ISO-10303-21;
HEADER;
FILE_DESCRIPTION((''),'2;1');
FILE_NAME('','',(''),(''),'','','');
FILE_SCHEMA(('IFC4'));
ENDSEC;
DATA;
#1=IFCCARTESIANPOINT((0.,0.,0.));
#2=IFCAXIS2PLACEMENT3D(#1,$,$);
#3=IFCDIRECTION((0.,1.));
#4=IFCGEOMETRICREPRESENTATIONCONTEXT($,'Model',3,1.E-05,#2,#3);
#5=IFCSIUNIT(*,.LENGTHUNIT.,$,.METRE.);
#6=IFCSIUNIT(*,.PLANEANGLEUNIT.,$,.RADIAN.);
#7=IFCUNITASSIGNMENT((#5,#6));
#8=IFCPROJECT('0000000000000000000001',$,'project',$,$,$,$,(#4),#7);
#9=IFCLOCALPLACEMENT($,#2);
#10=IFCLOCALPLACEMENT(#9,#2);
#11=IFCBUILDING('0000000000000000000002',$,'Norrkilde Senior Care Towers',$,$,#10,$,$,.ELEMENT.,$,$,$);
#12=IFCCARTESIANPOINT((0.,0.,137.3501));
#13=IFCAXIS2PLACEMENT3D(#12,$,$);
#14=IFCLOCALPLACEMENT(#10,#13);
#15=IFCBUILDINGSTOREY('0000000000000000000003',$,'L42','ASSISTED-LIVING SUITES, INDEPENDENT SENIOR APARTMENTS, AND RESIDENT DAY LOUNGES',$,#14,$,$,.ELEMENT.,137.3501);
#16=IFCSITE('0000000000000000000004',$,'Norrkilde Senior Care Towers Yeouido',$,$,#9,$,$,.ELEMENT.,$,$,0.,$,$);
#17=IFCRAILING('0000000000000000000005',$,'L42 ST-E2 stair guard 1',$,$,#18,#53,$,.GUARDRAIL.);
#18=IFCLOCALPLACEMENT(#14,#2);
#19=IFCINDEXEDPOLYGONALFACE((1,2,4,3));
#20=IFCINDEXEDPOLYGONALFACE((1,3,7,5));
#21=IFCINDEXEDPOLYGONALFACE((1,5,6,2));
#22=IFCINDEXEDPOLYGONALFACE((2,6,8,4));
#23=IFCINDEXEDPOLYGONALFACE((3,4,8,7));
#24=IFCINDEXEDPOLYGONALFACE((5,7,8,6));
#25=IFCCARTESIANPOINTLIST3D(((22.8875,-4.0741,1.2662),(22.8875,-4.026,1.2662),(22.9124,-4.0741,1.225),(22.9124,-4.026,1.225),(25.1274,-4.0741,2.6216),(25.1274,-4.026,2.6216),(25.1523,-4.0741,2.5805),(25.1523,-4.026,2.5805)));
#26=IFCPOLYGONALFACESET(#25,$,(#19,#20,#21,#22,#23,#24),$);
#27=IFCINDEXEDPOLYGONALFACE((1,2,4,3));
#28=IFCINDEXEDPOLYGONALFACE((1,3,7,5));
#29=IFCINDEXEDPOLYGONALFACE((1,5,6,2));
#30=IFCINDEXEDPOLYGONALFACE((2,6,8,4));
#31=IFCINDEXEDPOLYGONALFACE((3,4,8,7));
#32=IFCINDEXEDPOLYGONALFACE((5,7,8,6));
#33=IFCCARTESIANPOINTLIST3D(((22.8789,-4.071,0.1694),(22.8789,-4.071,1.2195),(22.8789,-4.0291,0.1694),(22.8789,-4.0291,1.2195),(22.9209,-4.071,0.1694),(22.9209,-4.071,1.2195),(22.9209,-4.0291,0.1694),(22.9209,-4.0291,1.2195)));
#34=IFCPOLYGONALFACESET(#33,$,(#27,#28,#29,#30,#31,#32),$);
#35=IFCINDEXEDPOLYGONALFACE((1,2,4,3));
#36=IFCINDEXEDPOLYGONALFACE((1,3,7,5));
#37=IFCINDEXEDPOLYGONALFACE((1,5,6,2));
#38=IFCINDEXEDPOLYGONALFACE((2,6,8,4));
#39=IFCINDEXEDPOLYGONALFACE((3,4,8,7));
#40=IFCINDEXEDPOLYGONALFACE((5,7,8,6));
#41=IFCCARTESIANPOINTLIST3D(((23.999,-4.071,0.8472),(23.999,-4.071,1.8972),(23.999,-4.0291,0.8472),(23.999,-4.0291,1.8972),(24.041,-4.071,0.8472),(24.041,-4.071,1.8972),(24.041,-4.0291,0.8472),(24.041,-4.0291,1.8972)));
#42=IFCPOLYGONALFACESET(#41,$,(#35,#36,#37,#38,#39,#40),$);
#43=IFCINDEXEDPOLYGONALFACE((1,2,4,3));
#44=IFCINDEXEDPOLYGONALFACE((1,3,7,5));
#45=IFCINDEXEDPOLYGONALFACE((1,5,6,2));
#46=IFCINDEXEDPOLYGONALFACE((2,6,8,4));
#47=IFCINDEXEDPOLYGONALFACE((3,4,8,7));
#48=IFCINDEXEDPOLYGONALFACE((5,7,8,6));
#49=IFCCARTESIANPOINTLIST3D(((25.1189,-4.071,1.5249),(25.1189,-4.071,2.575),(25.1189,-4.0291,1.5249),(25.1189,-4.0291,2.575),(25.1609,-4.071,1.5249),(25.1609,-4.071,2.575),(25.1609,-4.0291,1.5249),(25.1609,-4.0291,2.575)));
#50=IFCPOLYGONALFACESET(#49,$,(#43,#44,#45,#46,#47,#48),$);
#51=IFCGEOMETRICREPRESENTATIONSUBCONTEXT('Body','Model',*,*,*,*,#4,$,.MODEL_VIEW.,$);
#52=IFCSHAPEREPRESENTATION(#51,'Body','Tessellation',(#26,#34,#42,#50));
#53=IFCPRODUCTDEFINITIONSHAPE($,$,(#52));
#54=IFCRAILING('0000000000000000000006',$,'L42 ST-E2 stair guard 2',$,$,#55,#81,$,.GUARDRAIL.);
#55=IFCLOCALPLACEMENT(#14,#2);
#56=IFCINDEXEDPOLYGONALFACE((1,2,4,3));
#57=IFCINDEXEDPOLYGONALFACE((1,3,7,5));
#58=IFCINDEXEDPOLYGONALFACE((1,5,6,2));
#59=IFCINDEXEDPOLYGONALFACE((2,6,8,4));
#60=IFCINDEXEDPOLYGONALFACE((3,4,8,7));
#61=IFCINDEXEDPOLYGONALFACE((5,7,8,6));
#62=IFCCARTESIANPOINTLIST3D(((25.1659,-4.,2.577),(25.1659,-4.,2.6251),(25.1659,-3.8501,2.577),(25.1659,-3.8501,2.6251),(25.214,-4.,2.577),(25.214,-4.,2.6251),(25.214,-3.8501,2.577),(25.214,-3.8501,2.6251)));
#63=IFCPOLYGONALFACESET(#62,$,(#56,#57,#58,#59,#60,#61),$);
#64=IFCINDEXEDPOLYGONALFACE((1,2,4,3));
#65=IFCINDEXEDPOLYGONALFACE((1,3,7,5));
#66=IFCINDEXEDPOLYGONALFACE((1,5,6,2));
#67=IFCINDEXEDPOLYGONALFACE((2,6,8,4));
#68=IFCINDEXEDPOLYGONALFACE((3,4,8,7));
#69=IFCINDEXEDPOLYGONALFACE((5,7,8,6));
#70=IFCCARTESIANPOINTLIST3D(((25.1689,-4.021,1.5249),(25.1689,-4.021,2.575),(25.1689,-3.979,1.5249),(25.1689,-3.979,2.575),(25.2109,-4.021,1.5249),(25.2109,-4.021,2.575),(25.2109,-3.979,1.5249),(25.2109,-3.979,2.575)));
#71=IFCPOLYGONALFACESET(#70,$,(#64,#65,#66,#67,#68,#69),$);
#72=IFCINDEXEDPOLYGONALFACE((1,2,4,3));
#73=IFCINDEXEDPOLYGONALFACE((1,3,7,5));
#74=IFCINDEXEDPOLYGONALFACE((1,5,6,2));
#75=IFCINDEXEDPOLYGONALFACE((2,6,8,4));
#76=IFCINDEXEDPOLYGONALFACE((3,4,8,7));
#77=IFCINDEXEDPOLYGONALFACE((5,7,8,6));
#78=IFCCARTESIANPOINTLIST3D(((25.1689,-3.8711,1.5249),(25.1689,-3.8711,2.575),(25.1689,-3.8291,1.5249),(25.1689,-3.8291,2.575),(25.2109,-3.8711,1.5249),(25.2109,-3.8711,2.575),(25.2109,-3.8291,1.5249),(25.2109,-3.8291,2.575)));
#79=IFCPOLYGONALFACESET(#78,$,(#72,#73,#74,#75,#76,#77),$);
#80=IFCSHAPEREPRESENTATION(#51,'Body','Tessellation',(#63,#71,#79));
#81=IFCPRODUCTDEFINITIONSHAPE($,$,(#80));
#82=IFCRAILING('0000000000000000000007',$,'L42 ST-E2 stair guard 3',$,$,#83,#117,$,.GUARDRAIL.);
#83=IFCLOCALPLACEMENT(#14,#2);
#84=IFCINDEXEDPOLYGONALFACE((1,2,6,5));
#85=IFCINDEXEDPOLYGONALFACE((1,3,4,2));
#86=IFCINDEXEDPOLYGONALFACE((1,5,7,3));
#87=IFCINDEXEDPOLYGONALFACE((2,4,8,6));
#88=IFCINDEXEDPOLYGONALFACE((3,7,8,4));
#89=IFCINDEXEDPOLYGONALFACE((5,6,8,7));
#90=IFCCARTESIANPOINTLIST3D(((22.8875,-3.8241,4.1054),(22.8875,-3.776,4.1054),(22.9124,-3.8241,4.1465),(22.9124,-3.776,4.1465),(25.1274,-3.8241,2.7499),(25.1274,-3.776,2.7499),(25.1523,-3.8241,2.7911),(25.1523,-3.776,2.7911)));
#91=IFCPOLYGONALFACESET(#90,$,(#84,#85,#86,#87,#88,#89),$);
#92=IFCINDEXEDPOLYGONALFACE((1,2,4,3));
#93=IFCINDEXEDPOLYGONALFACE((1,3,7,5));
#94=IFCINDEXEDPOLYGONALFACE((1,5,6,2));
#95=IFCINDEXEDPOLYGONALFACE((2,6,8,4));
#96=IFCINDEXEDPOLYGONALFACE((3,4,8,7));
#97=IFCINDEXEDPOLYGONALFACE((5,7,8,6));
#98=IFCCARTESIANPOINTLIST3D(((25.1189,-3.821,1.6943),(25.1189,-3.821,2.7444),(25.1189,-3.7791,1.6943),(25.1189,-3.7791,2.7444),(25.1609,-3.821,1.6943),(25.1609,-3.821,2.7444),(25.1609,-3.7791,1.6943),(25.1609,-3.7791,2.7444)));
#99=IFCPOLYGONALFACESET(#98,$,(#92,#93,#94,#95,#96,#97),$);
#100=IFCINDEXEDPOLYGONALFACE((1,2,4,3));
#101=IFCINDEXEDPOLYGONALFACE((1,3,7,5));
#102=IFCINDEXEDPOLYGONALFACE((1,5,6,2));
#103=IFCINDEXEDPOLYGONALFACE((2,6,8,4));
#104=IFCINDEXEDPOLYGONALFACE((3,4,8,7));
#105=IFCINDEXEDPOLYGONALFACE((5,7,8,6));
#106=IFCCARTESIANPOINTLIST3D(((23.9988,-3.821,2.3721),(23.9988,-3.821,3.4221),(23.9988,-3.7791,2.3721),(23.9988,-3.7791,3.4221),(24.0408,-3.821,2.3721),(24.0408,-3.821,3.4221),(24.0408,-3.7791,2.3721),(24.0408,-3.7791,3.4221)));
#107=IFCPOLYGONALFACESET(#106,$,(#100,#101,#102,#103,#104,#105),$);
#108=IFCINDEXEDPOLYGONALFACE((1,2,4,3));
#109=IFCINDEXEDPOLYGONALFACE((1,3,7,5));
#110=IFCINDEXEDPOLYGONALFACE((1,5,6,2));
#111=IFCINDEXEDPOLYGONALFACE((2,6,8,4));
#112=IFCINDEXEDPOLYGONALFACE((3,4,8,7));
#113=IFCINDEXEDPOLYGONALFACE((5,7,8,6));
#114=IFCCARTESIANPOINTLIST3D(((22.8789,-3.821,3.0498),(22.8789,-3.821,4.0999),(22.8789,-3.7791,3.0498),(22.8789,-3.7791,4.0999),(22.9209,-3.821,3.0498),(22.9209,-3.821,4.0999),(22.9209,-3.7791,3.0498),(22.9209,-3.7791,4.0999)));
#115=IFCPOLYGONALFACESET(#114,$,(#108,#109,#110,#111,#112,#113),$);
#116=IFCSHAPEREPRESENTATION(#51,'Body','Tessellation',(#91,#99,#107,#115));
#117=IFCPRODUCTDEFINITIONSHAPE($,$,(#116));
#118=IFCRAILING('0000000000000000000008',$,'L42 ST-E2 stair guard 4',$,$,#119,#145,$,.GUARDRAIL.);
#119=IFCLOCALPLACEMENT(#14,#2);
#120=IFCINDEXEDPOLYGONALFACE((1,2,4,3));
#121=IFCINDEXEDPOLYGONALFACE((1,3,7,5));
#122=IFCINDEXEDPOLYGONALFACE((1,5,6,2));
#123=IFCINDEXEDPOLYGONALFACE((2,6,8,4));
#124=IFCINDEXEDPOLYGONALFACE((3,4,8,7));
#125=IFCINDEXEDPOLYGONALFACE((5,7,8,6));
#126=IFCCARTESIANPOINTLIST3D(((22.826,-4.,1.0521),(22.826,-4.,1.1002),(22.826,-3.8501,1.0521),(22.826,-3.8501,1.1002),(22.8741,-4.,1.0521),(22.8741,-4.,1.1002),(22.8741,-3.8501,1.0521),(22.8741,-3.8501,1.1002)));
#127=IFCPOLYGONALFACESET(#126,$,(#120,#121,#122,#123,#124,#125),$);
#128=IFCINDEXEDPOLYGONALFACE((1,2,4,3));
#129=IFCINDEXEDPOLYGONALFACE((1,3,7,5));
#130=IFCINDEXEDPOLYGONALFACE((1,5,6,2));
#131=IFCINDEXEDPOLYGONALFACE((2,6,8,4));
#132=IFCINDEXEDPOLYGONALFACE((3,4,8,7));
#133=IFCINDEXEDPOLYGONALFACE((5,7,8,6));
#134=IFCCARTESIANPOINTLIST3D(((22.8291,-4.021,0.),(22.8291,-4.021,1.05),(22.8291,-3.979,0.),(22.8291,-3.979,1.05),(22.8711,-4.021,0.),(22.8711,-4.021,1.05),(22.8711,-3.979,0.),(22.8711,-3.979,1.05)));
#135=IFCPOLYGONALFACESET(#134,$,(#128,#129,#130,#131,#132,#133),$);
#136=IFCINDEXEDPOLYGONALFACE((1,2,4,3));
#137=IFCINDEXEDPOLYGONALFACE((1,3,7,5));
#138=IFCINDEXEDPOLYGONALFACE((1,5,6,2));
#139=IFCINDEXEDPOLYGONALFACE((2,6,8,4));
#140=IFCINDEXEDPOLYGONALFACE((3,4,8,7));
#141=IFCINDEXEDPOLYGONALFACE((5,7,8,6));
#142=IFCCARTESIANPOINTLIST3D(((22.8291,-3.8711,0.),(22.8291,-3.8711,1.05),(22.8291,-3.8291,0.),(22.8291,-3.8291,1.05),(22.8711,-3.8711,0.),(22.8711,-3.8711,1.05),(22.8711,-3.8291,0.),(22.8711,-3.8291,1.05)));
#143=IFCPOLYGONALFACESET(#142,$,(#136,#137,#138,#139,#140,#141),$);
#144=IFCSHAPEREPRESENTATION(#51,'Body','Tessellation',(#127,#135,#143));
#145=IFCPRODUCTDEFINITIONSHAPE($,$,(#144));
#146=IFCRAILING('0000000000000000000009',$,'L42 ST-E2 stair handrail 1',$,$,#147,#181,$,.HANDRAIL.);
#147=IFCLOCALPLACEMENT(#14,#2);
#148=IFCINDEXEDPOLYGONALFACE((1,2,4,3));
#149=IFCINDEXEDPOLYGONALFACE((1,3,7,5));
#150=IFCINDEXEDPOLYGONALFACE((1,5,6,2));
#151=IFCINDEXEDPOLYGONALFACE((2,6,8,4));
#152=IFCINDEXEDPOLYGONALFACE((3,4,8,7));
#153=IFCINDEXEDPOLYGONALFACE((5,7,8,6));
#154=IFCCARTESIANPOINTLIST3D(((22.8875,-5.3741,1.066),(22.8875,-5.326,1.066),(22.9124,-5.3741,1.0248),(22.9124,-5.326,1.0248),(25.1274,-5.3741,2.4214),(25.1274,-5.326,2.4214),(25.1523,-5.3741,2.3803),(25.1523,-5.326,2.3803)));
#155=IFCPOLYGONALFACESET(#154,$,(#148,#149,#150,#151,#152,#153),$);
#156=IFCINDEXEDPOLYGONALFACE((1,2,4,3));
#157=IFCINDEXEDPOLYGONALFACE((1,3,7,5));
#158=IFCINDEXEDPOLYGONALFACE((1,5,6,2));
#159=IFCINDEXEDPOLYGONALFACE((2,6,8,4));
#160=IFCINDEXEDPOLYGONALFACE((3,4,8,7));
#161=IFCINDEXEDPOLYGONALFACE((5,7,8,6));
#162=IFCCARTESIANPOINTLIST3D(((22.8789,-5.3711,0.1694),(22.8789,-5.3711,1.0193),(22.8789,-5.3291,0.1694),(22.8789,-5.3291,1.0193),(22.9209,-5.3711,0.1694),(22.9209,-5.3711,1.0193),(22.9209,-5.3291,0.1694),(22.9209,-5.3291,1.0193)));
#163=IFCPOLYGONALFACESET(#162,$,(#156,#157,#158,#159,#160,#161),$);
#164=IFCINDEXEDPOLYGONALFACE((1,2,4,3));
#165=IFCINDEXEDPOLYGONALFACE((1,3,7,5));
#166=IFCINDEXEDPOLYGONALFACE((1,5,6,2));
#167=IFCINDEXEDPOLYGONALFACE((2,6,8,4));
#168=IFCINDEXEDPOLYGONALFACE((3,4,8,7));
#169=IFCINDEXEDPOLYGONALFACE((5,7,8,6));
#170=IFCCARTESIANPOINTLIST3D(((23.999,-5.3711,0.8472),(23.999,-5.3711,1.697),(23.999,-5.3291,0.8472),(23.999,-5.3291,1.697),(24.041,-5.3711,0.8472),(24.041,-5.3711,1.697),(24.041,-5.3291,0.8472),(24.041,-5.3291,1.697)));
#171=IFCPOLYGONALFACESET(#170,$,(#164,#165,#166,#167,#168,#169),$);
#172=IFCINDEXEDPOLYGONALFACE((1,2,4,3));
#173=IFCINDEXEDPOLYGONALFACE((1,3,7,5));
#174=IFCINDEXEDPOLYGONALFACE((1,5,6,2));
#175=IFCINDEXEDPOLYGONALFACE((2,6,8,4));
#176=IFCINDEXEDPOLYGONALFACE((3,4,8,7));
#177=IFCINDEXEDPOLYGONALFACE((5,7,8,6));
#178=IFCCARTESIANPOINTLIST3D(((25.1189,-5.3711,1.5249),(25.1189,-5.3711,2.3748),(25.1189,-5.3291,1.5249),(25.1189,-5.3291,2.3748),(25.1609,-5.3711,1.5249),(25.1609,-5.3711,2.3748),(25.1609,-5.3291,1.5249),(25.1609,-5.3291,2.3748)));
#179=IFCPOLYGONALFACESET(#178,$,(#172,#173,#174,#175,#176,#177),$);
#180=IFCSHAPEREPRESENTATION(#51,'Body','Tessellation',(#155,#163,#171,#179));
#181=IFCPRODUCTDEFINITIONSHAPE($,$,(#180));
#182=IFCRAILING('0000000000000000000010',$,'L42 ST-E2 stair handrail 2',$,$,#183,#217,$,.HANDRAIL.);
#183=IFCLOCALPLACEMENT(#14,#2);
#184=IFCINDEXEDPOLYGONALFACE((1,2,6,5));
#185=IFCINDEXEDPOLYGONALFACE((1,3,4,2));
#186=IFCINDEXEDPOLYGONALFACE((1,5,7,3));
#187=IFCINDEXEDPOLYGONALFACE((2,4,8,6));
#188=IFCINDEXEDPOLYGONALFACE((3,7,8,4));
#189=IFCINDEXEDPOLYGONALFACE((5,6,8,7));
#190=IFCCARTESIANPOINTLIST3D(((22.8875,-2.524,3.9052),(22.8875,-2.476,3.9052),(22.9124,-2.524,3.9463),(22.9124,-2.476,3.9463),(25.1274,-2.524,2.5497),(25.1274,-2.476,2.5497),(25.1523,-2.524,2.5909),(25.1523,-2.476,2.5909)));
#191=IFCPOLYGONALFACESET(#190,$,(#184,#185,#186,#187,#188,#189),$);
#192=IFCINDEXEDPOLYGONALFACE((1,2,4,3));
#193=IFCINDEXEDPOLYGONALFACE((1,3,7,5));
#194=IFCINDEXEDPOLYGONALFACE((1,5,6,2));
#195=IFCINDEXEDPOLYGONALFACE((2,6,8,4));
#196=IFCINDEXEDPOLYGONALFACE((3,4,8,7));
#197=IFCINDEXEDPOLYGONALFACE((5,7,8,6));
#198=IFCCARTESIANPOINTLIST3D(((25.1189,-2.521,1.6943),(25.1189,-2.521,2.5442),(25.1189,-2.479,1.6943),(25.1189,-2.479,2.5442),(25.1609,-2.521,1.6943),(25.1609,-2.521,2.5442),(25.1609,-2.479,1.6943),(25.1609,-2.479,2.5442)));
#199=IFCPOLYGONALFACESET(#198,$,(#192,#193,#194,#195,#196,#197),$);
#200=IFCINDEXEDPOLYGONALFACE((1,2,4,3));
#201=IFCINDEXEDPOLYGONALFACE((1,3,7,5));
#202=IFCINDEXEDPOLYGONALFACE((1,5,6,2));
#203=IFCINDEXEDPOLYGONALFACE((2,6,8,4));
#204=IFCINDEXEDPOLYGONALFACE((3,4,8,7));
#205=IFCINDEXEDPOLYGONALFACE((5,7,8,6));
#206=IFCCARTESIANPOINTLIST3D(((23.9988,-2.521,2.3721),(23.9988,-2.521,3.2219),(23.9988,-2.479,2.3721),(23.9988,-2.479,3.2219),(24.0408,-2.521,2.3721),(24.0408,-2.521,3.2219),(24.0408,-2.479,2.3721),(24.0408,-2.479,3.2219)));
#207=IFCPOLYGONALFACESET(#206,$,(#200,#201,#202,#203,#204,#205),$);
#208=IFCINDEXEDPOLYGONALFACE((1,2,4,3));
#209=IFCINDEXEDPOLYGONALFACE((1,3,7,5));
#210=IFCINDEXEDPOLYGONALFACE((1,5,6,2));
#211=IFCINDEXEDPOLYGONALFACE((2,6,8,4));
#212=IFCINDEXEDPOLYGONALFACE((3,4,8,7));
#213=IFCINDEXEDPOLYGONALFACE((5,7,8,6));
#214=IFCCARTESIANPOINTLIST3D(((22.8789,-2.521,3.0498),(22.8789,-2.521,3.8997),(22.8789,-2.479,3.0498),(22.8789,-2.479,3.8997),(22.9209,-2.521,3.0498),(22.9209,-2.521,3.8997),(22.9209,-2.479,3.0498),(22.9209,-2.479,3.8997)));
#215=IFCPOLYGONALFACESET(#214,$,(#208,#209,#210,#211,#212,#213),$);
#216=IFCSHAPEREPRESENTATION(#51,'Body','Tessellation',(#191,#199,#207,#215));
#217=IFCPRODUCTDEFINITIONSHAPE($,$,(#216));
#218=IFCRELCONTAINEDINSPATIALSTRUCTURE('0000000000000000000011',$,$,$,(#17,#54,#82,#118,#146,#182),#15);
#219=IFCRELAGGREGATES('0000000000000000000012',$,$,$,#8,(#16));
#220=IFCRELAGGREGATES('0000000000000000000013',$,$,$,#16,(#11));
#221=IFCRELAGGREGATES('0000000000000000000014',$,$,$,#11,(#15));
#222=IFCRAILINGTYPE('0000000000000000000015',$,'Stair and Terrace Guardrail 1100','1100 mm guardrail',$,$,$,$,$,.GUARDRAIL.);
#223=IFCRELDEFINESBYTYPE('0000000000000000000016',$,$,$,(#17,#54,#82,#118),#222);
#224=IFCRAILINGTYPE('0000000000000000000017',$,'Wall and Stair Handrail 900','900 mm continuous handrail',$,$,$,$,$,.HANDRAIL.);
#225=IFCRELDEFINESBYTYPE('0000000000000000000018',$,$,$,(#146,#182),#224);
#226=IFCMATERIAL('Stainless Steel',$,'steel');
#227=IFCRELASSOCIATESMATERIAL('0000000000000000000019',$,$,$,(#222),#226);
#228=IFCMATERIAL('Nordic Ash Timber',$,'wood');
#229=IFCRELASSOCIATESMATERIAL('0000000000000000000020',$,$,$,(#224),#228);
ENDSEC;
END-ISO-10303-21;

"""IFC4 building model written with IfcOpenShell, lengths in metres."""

from ifc_helpers import new_model, si_unit, direction, frame, origin, origin_2d, place, context, subcontext, project, spatial, rectangle, extrude, material, type_object, element, save


model = new_model("IFC4")

# Units and contexts
model_context = context("Model", 3, precision=1e-05, world=origin(), true_north=direction((0.0, 1.0)))
body_context = subcontext(model_context, "Body", "Model", "MODEL_VIEW")
ifc_project = project(units=[si_unit("LENGTHUNIT", "METRE"), si_unit("PLANEANGLEUNIT", "RADIAN")], contexts=[model_context])

# Site, building, storey
site_placement = place(None, origin())
site = spatial("IfcSite", under=ifc_project, at=site_placement, Name="Norrkilde Senior Care Towers Yeouido", CompositionType="ELEMENT", RefElevation=0.0)
building_placement = place(site_placement, origin())
building = spatial("IfcBuilding", under=site, at=building_placement, Name="Norrkilde Senior Care Towers", CompositionType="ELEMENT")
storey_placement = place(building_placement, frame((0.0, 0.0, 137.3501)))
storey = spatial("IfcBuildingStorey", under=building, at=storey_placement, Name="L42", Description="ASSISTED-LIVING SUITES, INDEPENDENT SENIOR APARTMENTS, AND RESIDENT DAY LOUNGES", CompositionType="ELEMENT", Elevation=137.3501)

# Railings
ifc_material_1 = material(Name="Stainless Steel", Category="steel")
railing_type_1 = type_object("IfcRailingType", Name="Stair and Terrace Guardrail 1100", Description="1100 mm guardrail", PredefinedType="GUARDRAIL", material=ifc_material_1)
railing_1_placement = place(storey_placement, frame((22.8999, -4.05, 0.1694)))
element("IfcRailing", 1, at=railing_1_placement, inside=storey, type_object=railing_type_1, Name="L42 ST-E2 stair guard 1", PredefinedType="GUARDRAIL", context=body_context, shape_type="SweptSolid", body=[
    extrude(rectangle(XDim=0.0481, YDim=0.0481, at=origin_2d()), frame((0.0, 0.0, 1.0762), z_axis=(0.855553, 0.0, 0.517715), x_axis=(0.0, 1.0, 0.0)), (0.0, 0.0, 1.0), 2.6182),
    extrude(rectangle(XDim=0.042, YDim=0.042, at=origin_2d()), origin(), (0.0, 0.0, 1.0), 1.05),
    extrude(rectangle(XDim=0.042, YDim=0.042, at=origin_2d()), frame((1.1201, 0.0, 0.6777)), (0.0, 0.0, 1.0), 1.05),
    extrude(rectangle(XDim=0.042, YDim=0.042, at=origin_2d()), frame((2.24, 0.0, 1.3555)), (0.0, 0.0, 1.0), 1.05),
])
railing_2_placement = place(storey_placement, frame((25.1899, -4.0, 1.5249)))
element("IfcRailing", 2, at=railing_2_placement, inside=storey, type_object=railing_type_1, Name="L42 ST-E2 stair guard 2", PredefinedType="GUARDRAIL", context=body_context, shape_type="SweptSolid", body=[
    extrude(rectangle(XDim=0.0481, YDim=0.0481, at=origin_2d()), frame((0.0, 0.0, 1.0762), z_axis=(0.0, 1.0, 0.0), x_axis=(-1.0, 0.0, 0.0)), (0.0, 0.0, 1.0), 0.1499),
    extrude(rectangle(XDim=0.042, YDim=0.042, at=origin_2d()), origin(), (0.0, 0.0, 1.0), 1.05),
    extrude(rectangle(XDim=0.042, YDim=0.042, at=origin_2d()), frame((0.0, 0.1499, 0.0)), (0.0, 0.0, 1.0), 1.05),
])
railing_3_placement = place(storey_placement, frame((25.1399, -3.8, 1.6943)))
element("IfcRailing", 3, at=railing_3_placement, inside=storey, type_object=railing_type_1, Name="L42 ST-E2 stair guard 3", PredefinedType="GUARDRAIL", context=body_context, shape_type="SweptSolid", body=[
    extrude(rectangle(XDim=0.0481, YDim=0.0481, at=origin_2d()), frame((0.0, 0.0, 1.0762), z_axis=(-0.855553, 0.0, 0.517715), x_axis=(0.0, -1.0, 0.0)), (0.0, 0.0, 1.0), 2.6182),
    extrude(rectangle(XDim=0.042, YDim=0.042, at=origin_2d()), origin(), (0.0, 0.0, 1.0), 1.05),
    extrude(rectangle(XDim=0.042, YDim=0.042, at=origin_2d()), frame((-1.1201, 0.0, 0.6777)), (0.0, 0.0, 1.0), 1.05),
    extrude(rectangle(XDim=0.042, YDim=0.042, at=origin_2d()), frame((-2.24, 0.0, 1.3555)), (0.0, 0.0, 1.0), 1.05),
])
railing_4_placement = place(storey_placement, frame((22.8501, -4.0, 0.0)))
element("IfcRailing", 4, at=railing_4_placement, inside=storey, type_object=railing_type_1, Name="L42 ST-E2 stair guard 4", PredefinedType="GUARDRAIL", context=body_context, shape_type="SweptSolid", body=[
    extrude(rectangle(XDim=0.0481, YDim=0.0481, at=origin_2d()), frame((0.0, 0.0, 1.0762), z_axis=(0.0, 1.0, 0.0), x_axis=(-1.0, 0.0, 0.0)), (0.0, 0.0, 1.0), 0.1499),
    extrude(rectangle(XDim=0.042, YDim=0.042, at=origin_2d()), origin(), (0.0, 0.0, 1.0), 1.05),
    extrude(rectangle(XDim=0.042, YDim=0.042, at=origin_2d()), frame((0.0, 0.1499, 0.0)), (0.0, 0.0, 1.0), 1.05),
])
ifc_material_2 = material(Name="Nordic Ash Timber", Category="wood")
railing_type_2 = type_object("IfcRailingType", Name="Wall and Stair Handrail 900", Description="900 mm continuous handrail", PredefinedType="HANDRAIL", material=ifc_material_2)
railing_5_placement = place(storey_placement, frame((22.8999, -5.3501, 0.1694)))
element("IfcRailing", 5, at=railing_5_placement, inside=storey, type_object=railing_type_2, Name="L42 ST-E2 stair handrail 1", PredefinedType="HANDRAIL", context=body_context, shape_type="SweptSolid", body=[
    extrude(rectangle(XDim=0.0481, YDim=0.0481, at=origin_2d()), frame((0.0, 0.0, 0.876), z_axis=(0.855553, 0.0, 0.517715), x_axis=(0.0, 1.0, 0.0)), (0.0, 0.0, 1.0), 2.6182),
    extrude(rectangle(XDim=0.042, YDim=0.042, at=origin_2d()), origin(), (0.0, 0.0, 1.0), 0.8499),
    extrude(rectangle(XDim=0.042, YDim=0.042, at=origin_2d()), frame((1.1201, 0.0, 0.6777)), (0.0, 0.0, 1.0), 0.8499),
    extrude(rectangle(XDim=0.042, YDim=0.042, at=origin_2d()), frame((2.24, 0.0, 1.3555)), (0.0, 0.0, 1.0), 0.8499),
])
railing_6_placement = place(storey_placement, frame((25.1399, -2.5, 1.6943)))
element("IfcRailing", 6, at=railing_6_placement, inside=storey, type_object=railing_type_2, Name="L42 ST-E2 stair handrail 2", PredefinedType="HANDRAIL", context=body_context, shape_type="SweptSolid", body=[
    extrude(rectangle(XDim=0.0481, YDim=0.0481, at=origin_2d()), frame((0.0, 0.0, 0.876), z_axis=(-0.855553, 0.0, 0.517715), x_axis=(0.0, -1.0, 0.0)), (0.0, 0.0, 1.0), 2.6182),
    extrude(rectangle(XDim=0.042, YDim=0.042, at=origin_2d()), origin(), (0.0, 0.0, 1.0), 0.8499),
    extrude(rectangle(XDim=0.042, YDim=0.042, at=origin_2d()), frame((-1.1201, 0.0, 0.6777)), (0.0, 0.0, 1.0), 0.8499),
    extrude(rectangle(XDim=0.042, YDim=0.042, at=origin_2d()), frame((-2.24, 0.0, 1.3555)), (0.0, 0.0, 1.0), 0.8499),
])

save(model, "model.ifc")
